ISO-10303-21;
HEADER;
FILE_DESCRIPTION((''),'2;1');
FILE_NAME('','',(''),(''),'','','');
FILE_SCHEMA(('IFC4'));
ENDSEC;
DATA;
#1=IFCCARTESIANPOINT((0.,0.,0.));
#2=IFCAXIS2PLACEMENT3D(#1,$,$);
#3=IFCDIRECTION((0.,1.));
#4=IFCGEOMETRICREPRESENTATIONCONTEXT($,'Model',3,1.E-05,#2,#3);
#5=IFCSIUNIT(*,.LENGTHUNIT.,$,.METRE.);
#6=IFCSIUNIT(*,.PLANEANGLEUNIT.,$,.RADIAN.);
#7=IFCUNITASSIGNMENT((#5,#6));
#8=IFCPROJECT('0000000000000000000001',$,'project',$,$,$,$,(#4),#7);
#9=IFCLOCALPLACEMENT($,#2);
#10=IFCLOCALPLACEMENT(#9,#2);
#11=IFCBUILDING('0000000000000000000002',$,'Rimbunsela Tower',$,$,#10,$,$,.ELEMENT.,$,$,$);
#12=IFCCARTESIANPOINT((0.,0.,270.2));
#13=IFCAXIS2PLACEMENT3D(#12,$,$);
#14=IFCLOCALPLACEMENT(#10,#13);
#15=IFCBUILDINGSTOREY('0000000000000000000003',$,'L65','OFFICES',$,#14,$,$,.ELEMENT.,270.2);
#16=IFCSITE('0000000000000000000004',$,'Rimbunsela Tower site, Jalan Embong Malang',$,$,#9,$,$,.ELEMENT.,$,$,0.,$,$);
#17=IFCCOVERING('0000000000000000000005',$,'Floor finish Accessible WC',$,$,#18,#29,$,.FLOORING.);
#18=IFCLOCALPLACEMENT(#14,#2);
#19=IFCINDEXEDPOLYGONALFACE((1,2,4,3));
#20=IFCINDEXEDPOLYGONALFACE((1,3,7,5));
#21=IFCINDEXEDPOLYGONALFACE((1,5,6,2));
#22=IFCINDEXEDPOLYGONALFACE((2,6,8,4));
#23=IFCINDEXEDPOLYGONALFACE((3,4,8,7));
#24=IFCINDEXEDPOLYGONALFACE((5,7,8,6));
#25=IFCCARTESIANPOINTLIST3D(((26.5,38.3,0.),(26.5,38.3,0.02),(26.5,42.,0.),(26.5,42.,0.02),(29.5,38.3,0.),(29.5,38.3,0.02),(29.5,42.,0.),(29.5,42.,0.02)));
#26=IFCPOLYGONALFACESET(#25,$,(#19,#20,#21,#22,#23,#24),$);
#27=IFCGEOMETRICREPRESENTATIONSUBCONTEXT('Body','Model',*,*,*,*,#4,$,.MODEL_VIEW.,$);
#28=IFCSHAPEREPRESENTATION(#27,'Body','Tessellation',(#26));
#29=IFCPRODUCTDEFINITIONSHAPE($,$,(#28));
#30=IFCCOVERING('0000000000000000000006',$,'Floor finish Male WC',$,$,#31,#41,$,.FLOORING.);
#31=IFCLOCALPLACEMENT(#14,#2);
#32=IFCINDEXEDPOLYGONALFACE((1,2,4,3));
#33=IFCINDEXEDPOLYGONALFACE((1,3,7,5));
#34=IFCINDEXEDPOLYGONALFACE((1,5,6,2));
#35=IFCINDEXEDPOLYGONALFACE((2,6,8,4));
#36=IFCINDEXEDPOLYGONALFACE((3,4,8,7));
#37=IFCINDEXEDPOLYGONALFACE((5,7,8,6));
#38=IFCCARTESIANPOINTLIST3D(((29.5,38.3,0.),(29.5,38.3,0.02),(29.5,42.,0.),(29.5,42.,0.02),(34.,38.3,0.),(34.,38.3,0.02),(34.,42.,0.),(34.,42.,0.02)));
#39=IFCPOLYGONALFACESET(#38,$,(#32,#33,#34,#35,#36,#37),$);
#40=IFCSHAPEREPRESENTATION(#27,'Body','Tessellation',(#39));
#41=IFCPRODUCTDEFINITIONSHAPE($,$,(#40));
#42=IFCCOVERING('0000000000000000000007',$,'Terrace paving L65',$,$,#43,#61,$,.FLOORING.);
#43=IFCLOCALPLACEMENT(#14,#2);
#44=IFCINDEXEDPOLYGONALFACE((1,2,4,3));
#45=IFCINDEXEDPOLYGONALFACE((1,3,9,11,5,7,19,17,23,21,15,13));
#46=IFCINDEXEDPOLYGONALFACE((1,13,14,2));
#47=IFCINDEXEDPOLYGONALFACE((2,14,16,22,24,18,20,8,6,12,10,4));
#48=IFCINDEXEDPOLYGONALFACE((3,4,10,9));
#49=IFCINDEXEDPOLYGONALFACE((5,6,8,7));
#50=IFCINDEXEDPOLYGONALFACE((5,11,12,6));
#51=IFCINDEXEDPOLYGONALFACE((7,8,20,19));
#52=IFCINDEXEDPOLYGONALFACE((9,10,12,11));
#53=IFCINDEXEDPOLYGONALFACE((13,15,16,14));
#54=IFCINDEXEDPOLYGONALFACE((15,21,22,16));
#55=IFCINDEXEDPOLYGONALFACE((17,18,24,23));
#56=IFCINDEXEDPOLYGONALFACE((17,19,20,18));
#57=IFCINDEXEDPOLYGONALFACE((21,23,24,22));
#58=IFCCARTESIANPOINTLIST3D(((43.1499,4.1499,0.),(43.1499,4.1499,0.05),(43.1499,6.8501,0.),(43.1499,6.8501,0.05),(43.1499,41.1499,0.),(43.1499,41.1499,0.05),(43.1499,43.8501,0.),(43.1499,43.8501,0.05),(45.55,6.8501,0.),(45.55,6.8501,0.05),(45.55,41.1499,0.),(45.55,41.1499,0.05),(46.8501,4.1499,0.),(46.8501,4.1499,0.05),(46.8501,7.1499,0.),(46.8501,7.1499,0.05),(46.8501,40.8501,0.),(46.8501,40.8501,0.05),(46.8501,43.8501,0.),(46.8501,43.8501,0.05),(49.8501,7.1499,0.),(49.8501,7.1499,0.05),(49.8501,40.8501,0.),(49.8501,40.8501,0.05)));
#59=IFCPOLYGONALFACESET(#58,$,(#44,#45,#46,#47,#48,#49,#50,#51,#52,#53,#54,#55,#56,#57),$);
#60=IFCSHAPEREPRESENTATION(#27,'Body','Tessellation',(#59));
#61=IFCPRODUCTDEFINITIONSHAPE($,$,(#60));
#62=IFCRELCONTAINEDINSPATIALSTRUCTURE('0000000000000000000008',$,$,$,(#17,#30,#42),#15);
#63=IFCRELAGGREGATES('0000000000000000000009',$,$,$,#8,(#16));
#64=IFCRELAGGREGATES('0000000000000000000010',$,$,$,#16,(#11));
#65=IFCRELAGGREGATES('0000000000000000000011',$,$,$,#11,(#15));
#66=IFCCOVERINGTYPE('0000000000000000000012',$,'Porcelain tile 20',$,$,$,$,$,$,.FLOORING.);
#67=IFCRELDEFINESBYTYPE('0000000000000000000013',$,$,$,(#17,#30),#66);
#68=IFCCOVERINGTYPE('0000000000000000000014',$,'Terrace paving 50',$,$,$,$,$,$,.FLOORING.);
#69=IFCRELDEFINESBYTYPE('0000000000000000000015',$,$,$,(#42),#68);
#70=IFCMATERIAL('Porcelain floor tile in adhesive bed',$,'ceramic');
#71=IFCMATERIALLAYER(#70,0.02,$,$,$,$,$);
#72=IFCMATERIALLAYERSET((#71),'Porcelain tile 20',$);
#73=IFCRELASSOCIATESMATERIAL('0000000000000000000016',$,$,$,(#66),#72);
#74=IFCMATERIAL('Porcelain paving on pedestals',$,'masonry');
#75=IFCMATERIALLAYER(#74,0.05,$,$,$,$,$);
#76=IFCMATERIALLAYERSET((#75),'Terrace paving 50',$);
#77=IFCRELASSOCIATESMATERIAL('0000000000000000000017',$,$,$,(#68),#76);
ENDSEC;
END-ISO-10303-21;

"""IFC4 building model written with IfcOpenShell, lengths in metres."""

from ifc_helpers import new_model, si_unit, direction, frame, origin, place, context, subcontext, project, spatial, polyline, outline, extrude, material, layer, layer_set, type_object, element, save


model = new_model("IFC4")

# Units and contexts
model_context = context("Model", 3, precision=1e-05, world=origin(), true_north=direction((0.0, 1.0)))
body_context = subcontext(model_context, "Body", "Model", "MODEL_VIEW")
ifc_project = project(units=[si_unit("LENGTHUNIT", "METRE"), si_unit("PLANEANGLEUNIT", "RADIAN")], contexts=[model_context])

# Site, building, storey
site_placement = place(None, origin())
site = spatial("IfcSite", under=ifc_project, at=site_placement, Name="Rimbunsela Tower site, Jalan Embong Malang", CompositionType="ELEMENT", RefElevation=0.0)
building_placement = place(site_placement, origin())
building = spatial("IfcBuilding", under=site, at=building_placement, Name="Rimbunsela Tower", CompositionType="ELEMENT")
storey_placement = place(building_placement, frame((0.0, 0.0, 270.2)))
storey = spatial("IfcBuildingStorey", under=building, at=storey_placement, Name="L65", Description="OFFICES", CompositionType="ELEMENT", Elevation=270.2)

# Coverings
ifc_material_1 = material(Name="Porcelain floor tile in adhesive bed", Category="ceramic")
ifc_layer_1 = layer(ifc_material_1, 0.02)
ifc_layer_set_1 = layer_set([ifc_layer_1], Name="Porcelain tile 20")
covering_type_1 = type_object("IfcCoveringType", Name="Porcelain tile 20", PredefinedType="FLOORING", material=ifc_layer_set_1)
covering_1_placement = place(storey_placement, origin())
element("IfcCovering", 1, at=covering_1_placement, inside=storey, type_object=covering_type_1, Name="Floor finish Accessible WC", PredefinedType="FLOORING", context=body_context, shape_type="SweptSolid", body=[
    extrude(outline(polyline([(29.5, 38.3), (29.5, 42.0), (26.5, 42.0), (26.5, 38.3), (29.5, 38.3)])), origin(), (0.0, 0.0, 1.0), 0.02),
])
covering_2_placement = place(storey_placement, origin())
element("IfcCovering", 2, at=covering_2_placement, inside=storey, type_object=covering_type_1, Name="Floor finish Male WC", PredefinedType="FLOORING", context=body_context, shape_type="SweptSolid", body=[
    extrude(outline(polyline([(34.0, 38.3), (34.0, 42.0), (29.5, 42.0), (29.5, 38.3), (34.0, 38.3)])), origin(), (0.0, 0.0, 1.0), 0.02),
])
ifc_material_2 = material(Name="Porcelain paving on pedestals", Category="masonry")
ifc_layer_2 = layer(ifc_material_2, 0.05)
ifc_layer_set_2 = layer_set([ifc_layer_2], Name="Terrace paving 50")
covering_type_2 = type_object("IfcCoveringType", Name="Terrace paving 50", PredefinedType="FLOORING", material=ifc_layer_set_2)
covering_3_placement = place(storey_placement, origin())
element("IfcCovering", 3, at=covering_3_placement, inside=storey, type_object=covering_type_2, Name="Terrace paving L65", PredefinedType="FLOORING", context=body_context, shape_type="SweptSolid", body=[
    extrude(outline(polyline([(46.8501, 43.8501), (46.8501, 40.8501), (49.8501, 40.8501), (49.8501, 7.1499), (46.8501, 7.1499), (46.8501, 4.1499), (43.1499, 4.1499), (43.1499, 6.8501), (45.55, 6.8501), (45.55, 41.1499), (43.1499, 41.1499), (43.1499, 43.8501), (46.8501, 43.8501)])), origin(), (0.0, 0.0, 1.0), 0.05),
])

save(model, "model.ifc")
